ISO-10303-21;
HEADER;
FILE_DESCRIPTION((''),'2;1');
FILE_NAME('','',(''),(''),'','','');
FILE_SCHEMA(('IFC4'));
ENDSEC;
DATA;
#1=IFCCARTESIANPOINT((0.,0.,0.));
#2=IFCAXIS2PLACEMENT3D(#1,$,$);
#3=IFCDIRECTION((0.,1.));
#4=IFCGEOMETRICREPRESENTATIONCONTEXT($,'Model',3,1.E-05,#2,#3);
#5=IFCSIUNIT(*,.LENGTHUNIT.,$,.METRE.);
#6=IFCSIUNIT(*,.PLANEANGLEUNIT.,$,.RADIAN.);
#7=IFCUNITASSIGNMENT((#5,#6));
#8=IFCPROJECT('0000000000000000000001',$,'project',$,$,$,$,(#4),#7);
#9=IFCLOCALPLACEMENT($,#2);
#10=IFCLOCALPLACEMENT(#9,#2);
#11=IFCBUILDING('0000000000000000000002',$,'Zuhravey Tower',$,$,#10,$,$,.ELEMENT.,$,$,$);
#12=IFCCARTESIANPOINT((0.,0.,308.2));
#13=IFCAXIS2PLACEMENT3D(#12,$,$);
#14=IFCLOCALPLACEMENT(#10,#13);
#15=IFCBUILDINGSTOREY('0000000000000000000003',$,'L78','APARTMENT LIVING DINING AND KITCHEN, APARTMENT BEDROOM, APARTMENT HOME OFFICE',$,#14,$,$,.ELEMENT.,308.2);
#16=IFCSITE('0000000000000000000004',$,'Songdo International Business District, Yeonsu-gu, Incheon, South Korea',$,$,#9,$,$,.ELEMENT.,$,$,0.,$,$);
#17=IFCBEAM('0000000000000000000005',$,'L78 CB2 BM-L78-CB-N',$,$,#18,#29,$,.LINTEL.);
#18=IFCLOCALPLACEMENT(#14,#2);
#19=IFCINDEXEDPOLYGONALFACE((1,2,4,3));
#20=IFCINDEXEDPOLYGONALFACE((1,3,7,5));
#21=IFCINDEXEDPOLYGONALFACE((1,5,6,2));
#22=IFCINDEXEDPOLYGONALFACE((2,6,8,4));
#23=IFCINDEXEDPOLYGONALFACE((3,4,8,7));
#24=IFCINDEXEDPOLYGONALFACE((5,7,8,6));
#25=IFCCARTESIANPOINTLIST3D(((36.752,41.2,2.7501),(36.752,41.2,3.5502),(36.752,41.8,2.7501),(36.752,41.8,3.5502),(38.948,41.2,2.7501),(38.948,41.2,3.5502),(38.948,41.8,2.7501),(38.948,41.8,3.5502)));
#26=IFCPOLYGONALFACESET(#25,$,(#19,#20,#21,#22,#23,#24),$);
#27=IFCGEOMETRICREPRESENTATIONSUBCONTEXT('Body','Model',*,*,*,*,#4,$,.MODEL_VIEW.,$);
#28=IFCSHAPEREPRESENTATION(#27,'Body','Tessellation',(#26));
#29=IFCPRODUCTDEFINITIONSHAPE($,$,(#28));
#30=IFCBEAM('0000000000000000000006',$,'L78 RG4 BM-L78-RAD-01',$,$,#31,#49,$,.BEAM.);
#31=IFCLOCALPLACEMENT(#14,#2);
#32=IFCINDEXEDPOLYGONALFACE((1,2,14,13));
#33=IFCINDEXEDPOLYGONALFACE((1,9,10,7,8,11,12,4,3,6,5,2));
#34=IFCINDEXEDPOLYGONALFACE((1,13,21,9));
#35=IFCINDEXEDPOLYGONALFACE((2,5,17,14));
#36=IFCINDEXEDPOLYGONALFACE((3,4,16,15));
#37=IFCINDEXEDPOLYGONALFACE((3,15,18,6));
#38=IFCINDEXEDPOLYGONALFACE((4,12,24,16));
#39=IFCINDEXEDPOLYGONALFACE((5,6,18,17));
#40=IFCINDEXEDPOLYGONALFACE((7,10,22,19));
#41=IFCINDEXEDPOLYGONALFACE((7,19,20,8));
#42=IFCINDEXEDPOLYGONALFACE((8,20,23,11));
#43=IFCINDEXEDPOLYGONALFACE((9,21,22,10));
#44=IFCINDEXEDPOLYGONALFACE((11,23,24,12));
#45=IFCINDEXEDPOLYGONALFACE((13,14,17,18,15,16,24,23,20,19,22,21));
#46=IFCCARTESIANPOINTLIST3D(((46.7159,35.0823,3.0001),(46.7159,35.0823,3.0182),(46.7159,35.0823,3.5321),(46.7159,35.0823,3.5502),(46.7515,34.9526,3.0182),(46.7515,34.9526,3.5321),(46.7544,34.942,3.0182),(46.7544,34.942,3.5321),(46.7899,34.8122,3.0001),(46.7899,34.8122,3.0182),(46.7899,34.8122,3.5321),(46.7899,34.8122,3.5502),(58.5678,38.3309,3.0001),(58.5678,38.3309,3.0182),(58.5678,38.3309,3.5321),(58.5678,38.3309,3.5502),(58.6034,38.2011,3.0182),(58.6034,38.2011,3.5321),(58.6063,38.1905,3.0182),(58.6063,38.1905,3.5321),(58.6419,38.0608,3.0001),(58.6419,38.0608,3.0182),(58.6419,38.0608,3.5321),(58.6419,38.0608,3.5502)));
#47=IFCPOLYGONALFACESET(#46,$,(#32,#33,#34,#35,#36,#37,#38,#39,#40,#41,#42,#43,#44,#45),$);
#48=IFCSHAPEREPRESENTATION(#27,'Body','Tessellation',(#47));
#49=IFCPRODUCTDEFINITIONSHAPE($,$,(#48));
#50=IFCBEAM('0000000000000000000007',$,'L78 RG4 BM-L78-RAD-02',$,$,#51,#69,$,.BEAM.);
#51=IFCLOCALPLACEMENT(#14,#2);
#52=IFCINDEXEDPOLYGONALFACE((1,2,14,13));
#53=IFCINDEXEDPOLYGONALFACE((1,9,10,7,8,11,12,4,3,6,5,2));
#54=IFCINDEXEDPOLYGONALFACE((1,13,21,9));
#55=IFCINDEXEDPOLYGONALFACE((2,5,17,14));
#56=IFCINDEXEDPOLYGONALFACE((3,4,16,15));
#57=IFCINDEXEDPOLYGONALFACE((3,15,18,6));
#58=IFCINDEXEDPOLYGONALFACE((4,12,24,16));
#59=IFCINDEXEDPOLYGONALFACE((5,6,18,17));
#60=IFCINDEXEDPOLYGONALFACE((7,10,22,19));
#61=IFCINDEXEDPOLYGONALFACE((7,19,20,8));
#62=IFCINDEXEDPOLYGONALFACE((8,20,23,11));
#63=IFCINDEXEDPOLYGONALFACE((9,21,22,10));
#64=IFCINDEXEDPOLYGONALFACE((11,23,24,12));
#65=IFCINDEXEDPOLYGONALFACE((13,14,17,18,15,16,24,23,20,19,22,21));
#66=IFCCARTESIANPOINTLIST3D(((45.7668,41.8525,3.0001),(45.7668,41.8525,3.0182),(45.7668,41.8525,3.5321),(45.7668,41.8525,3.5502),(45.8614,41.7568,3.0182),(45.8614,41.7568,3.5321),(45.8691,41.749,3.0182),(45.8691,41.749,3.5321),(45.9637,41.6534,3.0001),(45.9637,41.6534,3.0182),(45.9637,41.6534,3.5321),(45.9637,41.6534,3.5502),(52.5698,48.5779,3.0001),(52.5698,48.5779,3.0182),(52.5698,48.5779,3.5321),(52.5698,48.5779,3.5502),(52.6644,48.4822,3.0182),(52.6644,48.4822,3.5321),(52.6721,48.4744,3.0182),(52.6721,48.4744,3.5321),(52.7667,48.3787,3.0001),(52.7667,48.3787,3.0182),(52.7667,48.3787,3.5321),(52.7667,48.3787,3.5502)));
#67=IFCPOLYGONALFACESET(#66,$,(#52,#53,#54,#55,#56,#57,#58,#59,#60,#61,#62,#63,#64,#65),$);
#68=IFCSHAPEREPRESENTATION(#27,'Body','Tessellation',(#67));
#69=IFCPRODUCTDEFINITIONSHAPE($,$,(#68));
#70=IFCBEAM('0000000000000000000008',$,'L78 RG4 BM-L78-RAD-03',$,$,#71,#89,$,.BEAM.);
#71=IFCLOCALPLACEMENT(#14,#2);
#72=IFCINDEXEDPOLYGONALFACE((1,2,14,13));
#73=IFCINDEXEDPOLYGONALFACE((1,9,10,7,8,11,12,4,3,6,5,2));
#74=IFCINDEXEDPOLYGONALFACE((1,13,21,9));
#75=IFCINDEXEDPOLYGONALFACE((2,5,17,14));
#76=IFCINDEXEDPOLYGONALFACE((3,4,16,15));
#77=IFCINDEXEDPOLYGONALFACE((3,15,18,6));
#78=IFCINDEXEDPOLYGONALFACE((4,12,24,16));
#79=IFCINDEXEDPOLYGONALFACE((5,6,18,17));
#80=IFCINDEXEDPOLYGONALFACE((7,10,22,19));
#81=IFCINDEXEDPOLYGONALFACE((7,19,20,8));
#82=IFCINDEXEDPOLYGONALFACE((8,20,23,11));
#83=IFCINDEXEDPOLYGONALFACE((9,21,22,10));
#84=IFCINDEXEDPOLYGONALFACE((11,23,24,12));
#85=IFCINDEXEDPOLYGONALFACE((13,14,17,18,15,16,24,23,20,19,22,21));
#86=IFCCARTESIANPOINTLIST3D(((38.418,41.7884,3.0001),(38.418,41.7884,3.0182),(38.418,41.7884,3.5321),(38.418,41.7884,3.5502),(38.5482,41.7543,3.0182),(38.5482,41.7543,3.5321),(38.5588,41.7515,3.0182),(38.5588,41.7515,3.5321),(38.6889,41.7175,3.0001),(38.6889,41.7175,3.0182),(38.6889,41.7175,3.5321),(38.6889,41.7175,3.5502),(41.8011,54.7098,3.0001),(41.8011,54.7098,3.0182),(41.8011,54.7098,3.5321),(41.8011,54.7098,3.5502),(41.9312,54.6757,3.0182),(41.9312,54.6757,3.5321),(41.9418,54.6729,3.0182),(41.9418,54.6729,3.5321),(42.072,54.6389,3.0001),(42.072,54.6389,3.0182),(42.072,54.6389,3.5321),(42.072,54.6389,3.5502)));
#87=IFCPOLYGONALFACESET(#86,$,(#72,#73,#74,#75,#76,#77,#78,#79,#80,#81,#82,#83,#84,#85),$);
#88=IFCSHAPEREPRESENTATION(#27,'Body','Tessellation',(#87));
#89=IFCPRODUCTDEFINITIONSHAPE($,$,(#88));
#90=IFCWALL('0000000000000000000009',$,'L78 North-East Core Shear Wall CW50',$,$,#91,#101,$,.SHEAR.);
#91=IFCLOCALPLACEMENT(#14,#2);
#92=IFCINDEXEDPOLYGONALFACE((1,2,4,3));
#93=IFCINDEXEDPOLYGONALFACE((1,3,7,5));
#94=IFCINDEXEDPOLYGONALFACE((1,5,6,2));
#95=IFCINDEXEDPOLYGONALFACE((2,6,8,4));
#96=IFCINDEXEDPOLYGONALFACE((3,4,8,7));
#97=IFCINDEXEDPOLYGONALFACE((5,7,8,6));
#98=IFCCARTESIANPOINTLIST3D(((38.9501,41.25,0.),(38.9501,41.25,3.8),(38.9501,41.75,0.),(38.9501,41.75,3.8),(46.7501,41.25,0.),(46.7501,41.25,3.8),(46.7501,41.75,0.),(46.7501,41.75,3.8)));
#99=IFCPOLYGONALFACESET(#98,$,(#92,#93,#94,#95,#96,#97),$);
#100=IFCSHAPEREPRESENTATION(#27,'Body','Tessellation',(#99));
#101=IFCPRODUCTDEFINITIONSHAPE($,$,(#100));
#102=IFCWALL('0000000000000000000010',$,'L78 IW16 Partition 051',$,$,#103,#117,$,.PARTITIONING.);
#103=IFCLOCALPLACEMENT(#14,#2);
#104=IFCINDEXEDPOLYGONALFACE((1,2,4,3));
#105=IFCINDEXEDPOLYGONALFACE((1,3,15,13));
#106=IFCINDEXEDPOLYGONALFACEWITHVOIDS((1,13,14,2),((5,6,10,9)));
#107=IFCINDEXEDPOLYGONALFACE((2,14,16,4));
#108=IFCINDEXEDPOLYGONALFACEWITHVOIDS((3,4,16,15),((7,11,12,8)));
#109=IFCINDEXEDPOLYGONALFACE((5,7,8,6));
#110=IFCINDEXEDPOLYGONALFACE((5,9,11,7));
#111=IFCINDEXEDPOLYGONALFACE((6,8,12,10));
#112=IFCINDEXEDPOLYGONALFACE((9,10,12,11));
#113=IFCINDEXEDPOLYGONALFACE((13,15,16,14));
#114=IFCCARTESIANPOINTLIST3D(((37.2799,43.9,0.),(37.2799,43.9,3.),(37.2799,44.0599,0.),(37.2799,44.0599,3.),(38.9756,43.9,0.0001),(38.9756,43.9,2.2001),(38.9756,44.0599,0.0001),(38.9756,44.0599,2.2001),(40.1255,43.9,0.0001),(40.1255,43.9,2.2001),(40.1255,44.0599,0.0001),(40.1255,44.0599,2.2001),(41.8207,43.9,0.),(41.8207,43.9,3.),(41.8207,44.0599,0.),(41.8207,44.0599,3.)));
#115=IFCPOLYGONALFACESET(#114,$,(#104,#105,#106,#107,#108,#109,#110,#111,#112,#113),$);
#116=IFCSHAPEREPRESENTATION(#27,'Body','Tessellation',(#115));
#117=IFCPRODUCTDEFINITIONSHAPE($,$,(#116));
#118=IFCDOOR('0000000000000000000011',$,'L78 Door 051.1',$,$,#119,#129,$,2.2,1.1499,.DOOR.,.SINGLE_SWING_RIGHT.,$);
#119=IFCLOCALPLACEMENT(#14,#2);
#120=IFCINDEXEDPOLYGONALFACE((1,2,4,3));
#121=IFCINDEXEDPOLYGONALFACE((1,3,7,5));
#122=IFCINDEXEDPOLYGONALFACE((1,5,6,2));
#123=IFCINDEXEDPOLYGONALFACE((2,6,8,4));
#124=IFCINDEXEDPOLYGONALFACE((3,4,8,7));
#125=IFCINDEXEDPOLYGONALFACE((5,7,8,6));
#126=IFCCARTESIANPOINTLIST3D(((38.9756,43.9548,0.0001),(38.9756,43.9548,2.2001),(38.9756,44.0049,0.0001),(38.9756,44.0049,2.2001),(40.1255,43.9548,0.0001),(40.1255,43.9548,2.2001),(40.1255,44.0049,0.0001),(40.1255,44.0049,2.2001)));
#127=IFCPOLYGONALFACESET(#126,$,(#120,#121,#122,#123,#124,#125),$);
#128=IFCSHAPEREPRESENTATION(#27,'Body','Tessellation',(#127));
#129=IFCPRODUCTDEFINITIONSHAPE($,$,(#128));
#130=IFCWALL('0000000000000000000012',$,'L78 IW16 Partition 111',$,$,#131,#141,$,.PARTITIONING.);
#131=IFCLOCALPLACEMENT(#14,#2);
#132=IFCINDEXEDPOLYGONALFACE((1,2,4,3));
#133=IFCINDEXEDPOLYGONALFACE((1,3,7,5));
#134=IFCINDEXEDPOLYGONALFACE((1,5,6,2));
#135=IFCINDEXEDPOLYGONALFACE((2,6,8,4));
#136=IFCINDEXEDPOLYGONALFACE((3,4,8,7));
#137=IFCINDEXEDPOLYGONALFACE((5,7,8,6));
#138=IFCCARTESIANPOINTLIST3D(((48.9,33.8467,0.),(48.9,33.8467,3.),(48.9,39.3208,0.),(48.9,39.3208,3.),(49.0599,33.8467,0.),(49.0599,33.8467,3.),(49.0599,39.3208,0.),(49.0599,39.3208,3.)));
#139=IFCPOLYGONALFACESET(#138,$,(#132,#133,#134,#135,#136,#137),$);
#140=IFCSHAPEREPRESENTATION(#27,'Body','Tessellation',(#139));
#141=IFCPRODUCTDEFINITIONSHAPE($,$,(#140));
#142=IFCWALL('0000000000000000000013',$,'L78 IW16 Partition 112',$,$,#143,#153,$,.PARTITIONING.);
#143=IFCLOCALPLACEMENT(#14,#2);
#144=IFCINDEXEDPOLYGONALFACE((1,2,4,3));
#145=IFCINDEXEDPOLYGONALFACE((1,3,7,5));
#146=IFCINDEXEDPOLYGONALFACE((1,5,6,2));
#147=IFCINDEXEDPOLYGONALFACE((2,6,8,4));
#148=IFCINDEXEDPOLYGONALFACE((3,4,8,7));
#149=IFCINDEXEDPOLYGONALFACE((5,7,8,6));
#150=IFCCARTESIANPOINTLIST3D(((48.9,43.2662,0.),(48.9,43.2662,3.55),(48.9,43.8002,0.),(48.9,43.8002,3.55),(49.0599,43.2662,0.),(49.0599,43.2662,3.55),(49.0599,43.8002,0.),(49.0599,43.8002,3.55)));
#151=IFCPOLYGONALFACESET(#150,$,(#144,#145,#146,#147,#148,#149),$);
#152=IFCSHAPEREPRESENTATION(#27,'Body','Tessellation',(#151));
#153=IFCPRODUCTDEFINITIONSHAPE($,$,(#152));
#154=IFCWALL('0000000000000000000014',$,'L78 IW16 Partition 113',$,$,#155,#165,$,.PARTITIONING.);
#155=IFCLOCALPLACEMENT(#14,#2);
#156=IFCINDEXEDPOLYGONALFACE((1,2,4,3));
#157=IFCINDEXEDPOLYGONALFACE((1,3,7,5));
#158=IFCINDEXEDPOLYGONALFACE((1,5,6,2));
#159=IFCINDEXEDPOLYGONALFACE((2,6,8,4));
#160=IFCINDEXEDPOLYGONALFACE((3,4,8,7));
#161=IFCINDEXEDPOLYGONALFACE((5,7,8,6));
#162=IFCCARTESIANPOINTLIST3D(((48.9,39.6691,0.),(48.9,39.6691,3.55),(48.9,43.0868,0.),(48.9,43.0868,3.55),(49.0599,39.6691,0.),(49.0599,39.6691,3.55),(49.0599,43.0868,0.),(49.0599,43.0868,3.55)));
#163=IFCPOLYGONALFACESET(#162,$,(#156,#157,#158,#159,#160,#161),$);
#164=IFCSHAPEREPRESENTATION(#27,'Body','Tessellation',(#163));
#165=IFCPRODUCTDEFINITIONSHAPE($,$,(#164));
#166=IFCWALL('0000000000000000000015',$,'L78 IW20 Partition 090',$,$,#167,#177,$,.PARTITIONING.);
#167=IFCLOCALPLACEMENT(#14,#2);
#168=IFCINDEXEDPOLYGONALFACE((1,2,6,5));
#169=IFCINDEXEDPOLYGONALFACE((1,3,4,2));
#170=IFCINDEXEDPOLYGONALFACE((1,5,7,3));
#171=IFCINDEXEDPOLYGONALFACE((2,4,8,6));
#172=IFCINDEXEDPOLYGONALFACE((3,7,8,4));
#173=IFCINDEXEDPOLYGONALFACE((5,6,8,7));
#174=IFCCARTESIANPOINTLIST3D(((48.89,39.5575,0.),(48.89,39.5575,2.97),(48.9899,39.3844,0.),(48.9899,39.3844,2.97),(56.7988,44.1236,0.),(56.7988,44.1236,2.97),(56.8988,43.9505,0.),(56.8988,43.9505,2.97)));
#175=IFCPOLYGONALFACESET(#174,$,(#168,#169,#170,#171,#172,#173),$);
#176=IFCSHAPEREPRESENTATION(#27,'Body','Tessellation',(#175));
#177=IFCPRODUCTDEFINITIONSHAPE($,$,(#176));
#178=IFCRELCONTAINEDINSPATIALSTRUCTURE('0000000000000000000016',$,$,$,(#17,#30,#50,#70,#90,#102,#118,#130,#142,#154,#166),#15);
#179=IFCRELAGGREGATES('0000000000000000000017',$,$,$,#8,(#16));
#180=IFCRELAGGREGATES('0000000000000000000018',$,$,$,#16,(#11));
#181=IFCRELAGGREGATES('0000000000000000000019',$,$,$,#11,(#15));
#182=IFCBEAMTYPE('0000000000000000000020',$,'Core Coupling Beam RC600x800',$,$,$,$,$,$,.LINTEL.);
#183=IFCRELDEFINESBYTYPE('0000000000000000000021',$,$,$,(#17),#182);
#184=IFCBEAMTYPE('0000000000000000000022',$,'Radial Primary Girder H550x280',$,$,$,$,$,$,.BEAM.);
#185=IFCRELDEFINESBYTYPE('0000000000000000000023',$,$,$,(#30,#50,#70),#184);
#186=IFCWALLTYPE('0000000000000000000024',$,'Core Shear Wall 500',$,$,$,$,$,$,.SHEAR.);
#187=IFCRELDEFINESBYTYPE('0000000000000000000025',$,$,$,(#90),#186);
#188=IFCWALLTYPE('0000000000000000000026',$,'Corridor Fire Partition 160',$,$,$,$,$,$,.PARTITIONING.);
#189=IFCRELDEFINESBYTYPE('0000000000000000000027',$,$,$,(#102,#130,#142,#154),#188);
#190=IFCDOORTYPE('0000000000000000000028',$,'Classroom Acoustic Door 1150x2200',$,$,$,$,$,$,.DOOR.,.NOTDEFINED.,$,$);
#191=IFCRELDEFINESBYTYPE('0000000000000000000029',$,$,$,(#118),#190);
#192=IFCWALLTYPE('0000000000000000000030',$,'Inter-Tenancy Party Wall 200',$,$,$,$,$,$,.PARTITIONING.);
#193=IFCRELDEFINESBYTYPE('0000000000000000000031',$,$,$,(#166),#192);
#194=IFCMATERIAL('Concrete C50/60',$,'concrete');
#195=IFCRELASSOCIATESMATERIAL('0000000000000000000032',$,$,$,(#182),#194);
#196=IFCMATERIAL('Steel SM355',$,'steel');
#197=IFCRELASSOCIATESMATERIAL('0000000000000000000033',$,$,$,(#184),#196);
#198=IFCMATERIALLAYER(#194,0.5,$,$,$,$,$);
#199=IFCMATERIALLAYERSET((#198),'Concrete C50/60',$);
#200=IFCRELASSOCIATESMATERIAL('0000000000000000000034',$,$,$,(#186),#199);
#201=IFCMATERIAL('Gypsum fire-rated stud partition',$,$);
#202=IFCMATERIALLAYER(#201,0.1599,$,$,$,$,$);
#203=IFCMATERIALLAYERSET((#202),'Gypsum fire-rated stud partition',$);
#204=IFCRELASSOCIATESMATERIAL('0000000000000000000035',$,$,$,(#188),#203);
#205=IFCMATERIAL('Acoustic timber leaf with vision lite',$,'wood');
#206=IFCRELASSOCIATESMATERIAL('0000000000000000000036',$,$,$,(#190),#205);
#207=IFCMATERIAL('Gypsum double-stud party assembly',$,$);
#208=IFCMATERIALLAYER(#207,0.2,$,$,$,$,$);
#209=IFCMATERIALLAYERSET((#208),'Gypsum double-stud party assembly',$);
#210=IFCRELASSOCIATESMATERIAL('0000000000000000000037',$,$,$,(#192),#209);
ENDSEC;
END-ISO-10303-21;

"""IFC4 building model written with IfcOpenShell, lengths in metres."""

from ifc_helpers import new_model, si_unit, direction, frame, frame_2d, origin, origin_2d, place, context, subcontext, project, spatial, rectangle, i_section, extrude, material, layer, layer_set, material_profile, profile_set, type_object, element, fill, save


model = new_model("IFC4")

# Units and contexts
model_context = context("Model", 3, precision=1e-05, world=origin(), true_north=direction((0.0, 1.0)))
body_context = subcontext(model_context, "Body", "Model", "MODEL_VIEW")
ifc_project = project(units=[si_unit("LENGTHUNIT", "METRE"), si_unit("PLANEANGLEUNIT", "RADIAN")], contexts=[model_context])

# Site, building, storey
site_placement = place(None, origin())
site = spatial("IfcSite", under=ifc_project, at=site_placement, Name="Songdo International Business District, Yeonsu-gu, Incheon, South Korea", CompositionType="ELEMENT", RefElevation=0.0)
building_placement = place(site_placement, origin())
building = spatial("IfcBuilding", under=site, at=building_placement, Name="Zuhravey Tower", CompositionType="ELEMENT")
storey_placement = place(building_placement, frame((0.0, 0.0, 308.2)))
storey = spatial("IfcBuildingStorey", under=building, at=storey_placement, Name="L78", Description="APARTMENT LIVING DINING AND KITCHEN, APARTMENT BEDROOM, APARTMENT HOME OFFICE", CompositionType="ELEMENT", Elevation=308.2)

# Beams
ifc_material_1 = material(Name="Concrete C50/60", Category="concrete")
ifc_material_profile_1 = material_profile(ifc_material_1, rectangle(XDim=0.6001, YDim=0.8, at=origin_2d()), Name="RC-600x800")
ifc_profile_set_1 = profile_set([ifc_material_profile_1], Name="Concrete C50/60")
beam_type_1 = type_object("IfcBeamType", Name="Core Coupling Beam RC600x800", PredefinedType="LINTEL", material=ifc_profile_set_1)
beam_1_placement = place(storey_placement, frame((36.752, 41.5, 3.1501), z_axis=(1.0, 0.0, 0.0), x_axis=(0.0, 1.0, 0.0)))
element("IfcBeam", 1, at=beam_1_placement, inside=storey, type_object=beam_type_1, Name="L78 CB2 BM-L78-CB-N", PredefinedType="LINTEL", context=body_context, shape_type="SweptSolid", body=[
    extrude(rectangle(XDim=0.6001, YDim=0.8, at=origin_2d()), origin(), (0.0, 0.0, 1.0), 2.196),
])
ifc_material_2 = material(Name="Steel SM355", Category="steel")
ifc_material_profile_2 = material_profile(ifc_material_2, i_section(OverallWidth=0.28, OverallDepth=0.55, WebThickness=0.011, FlangeThickness=0.0181, at=origin_2d()), Name="H-550x280x11x18")
ifc_profile_set_2 = profile_set([ifc_material_profile_2], Name="Steel SM355")
beam_type_2 = type_object("IfcBeamType", Name="Radial Primary Girder H550x280", PredefinedType="BEAM", material=ifc_profile_set_2)
beam_2_placement = place(storey_placement, frame((46.7529, 34.9473, 3.2751), z_axis=(0.964428, 0.264346, 0.0), x_axis=(-0.264346, 0.964428, 0.0)))
element("IfcBeam", 2, at=beam_2_placement, inside=storey, type_object=beam_type_2, Name="L78 RG4 BM-L78-RAD-01", PredefinedType="BEAM", context=body_context, shape_type="SweptSolid", body=[
    extrude(i_section(OverallWidth=0.28, OverallDepth=0.55, WebThickness=0.011, FlangeThickness=0.0181, at=origin_2d()), origin(), (0.0, 0.0, 1.0), 12.2891),
])
beam_3_placement = place(storey_placement, frame((45.8652, 41.7529, 3.2751), z_axis=(0.711153, 0.703037, 0.0), x_axis=(-0.703037, 0.711153, 0.0)))
element("IfcBeam", 3, at=beam_3_placement, inside=storey, type_object=beam_type_2, Name="L78 RG4 BM-L78-RAD-02", PredefinedType="BEAM", context=body_context, shape_type="SweptSolid", body=[
    extrude(i_section(OverallWidth=0.28, OverallDepth=0.55, WebThickness=0.011, FlangeThickness=0.0181, at=origin_2d()), origin(), (0.0, 0.0, 1.0), 9.5662),
])
beam_4_placement = place(storey_placement, frame((38.5535, 41.7529, 3.2751), z_axis=(0.253281, 0.967393, 0.0), x_axis=(-0.967393, 0.253281, 0.0)))
element("IfcBeam", 4, at=beam_4_placement, inside=storey, type_object=beam_type_2, Name="L78 RG4 BM-L78-RAD-03", PredefinedType="BEAM", context=body_context, shape_type="SweptSolid", body=[
    extrude(i_section(OverallWidth=0.28, OverallDepth=0.55, WebThickness=0.011, FlangeThickness=0.0181, at=origin_2d()), origin(), (0.0, 0.0, 1.0), 13.3569),
])

# Wall
ifc_layer_1 = layer(ifc_material_1, 0.5)
ifc_layer_set_1 = layer_set([ifc_layer_1], Name="Concrete C50/60")
wall_type_1 = type_object("IfcWallType", Name="Core Shear Wall 500", PredefinedType="SHEAR", material=ifc_layer_set_1)
wall_1_placement = place(storey_placement, frame((46.75, 41.5, 0.0), z_axis=(0.0, 0.0, 1.0), x_axis=(-1.0, 0.0, 0.0)))
element("IfcWall", 5, at=wall_1_placement, inside=storey, type_object=wall_type_1, Name="L78 North-East Core Shear Wall CW50", PredefinedType="SHEAR", context=body_context, shape_type="SweptSolid", body=[
    extrude(rectangle(XDim=7.8, YDim=0.5, at=frame_2d((3.8999, 0.0))), origin(), (0.0, 0.0, 1.0), 3.8),
])

# Wall, opening, door
ifc_material_3 = material(Name="Gypsum fire-rated stud partition")
ifc_layer_2 = layer(ifc_material_3, 0.1599)
ifc_layer_set_2 = layer_set([ifc_layer_2], Name="Gypsum fire-rated stud partition")
wall_type_2 = type_object("IfcWallType", Name="Corridor Fire Partition 160", PredefinedType="PARTITIONING", material=ifc_layer_set_2)
wall_2_placement = place(storey_placement, frame((41.8208, 43.98, 0.0), z_axis=(0.0, 0.0, 1.0), x_axis=(-1.0, 0.0, 0.0)))
wall_2 = element("IfcWall", 6, at=wall_2_placement, inside=storey, type_object=wall_type_2, Name="L78 IW16 Partition 051", PredefinedType="PARTITIONING", context=body_context, shape_type="SweptSolid", body=[
    extrude(rectangle(XDim=4.5408, YDim=0.1599, at=frame_2d((2.2705, 0.0))), origin(), (0.0, 0.0, 1.0), 3.0),
])
opening_1_placement = place(wall_2_placement, frame((1.6953, 0.0, 0.0)))
opening_1 = element("IfcOpeningElement", 7, at=opening_1_placement, cuts=wall_2, PredefinedType="OPENING", context=body_context, shape_type="SweptSolid", body=[
    extrude(rectangle(XDim=1.1499, YDim=2.2, at=frame_2d((0.575, 1.1001))), frame((0.0, 0.092, 0.0), z_axis=(0.0, -1.0, 0.0), x_axis=(1.0, 0.0, 0.0)), (0.0, 0.0, 1.0), 0.1838),
])
ifc_material_4 = material(Name="Acoustic timber leaf with vision lite", Category="wood")
door_type_1 = type_object("IfcDoorType", Name="Classroom Acoustic Door 1150x2200", OperationType="NOTDEFINED", PredefinedType="DOOR", material=ifc_material_4)
door_1_placement = place(opening_1_placement, frame((1.1499, 0.0, 0.0), z_axis=(0.0, 0.0, 1.0), x_axis=(-1.0, 0.0, 0.0)))
door_1 = element("IfcDoor", 8, at=door_1_placement, inside=storey, type_object=door_type_1, Name="L78 Door 051.1", OperationType="SINGLE_SWING_RIGHT", OverallHeight=2.2, OverallWidth=1.1499, PredefinedType="DOOR", context=body_context, shape_type="SweptSolid", body=[
    extrude(rectangle(XDim=1.1499, YDim=2.2, at=frame_2d((0.575, 1.1001))), frame((0.0, 0.0249, 0.0), z_axis=(0.0, -1.0, 0.0), x_axis=(1.0, 0.0, 0.0)), (0.0, 0.0, 1.0), 0.05),
])
fill(opening_1, door_1)

# Walls
wall_3_placement = place(storey_placement, frame((48.98, 33.8467, 0.0), z_axis=(0.0, 0.0, 1.0), x_axis=(0.0, 1.0, 0.0)))
element("IfcWall", 9, at=wall_3_placement, inside=storey, type_object=wall_type_2, Name="L78 IW16 Partition 111", PredefinedType="PARTITIONING", context=body_context, shape_type="SweptSolid", body=[
    extrude(rectangle(XDim=5.4741, YDim=0.1599, at=frame_2d((2.7371, 0.0))), origin(), (0.0, 0.0, 1.0), 3.0),
])
wall_4_placement = place(storey_placement, frame((48.98, 43.2661, 0.0), z_axis=(0.0, 0.0, 1.0), x_axis=(0.0, 1.0, 0.0)))
element("IfcWall", 10, at=wall_4_placement, inside=storey, type_object=wall_type_2, Name="L78 IW16 Partition 112", PredefinedType="PARTITIONING", context=body_context, shape_type="SweptSolid", body=[
    extrude(rectangle(XDim=0.5339, YDim=0.1599, at=frame_2d((0.2671, 0.0))), origin(), (0.0, 0.0, 1.0), 3.55),
])
wall_5_placement = place(storey_placement, frame((48.98, 39.6689, 0.0), z_axis=(0.0, 0.0, 1.0), x_axis=(0.0, 1.0, 0.0)))
element("IfcWall", 11, at=wall_5_placement, inside=storey, type_object=wall_type_2, Name="L78 IW16 Partition 113", PredefinedType="PARTITIONING", context=body_context, shape_type="SweptSolid", body=[
    extrude(rectangle(XDim=3.4177, YDim=0.1599, at=frame_2d((1.709, 0.0))), origin(), (0.0, 0.0, 1.0), 3.55),
])

# Wall
ifc_material_5 = material(Name="Gypsum double-stud party assembly")
ifc_layer_3 = layer(ifc_material_5, 0.2)
ifc_layer_set_3 = layer_set([ifc_layer_3], Name="Gypsum double-stud party assembly")
wall_type_3 = type_object("IfcWallType", Name="Inter-Tenancy Party Wall 200", PredefinedType="PARTITIONING", material=ifc_layer_set_3)
wall_6_placement = place(storey_placement, frame((48.9399, 39.4709, 0.0), z_axis=(0.0, 0.0, 1.0), x_axis=(0.866028, 0.499995, 0.0)))
element("IfcWall", 12, at=wall_6_placement, inside=storey, type_object=wall_type_3, Name="L78 IW20 Partition 090", PredefinedType="PARTITIONING", context=body_context, shape_type="SweptSolid", body=[
    extrude(rectangle(XDim=9.1323, YDim=0.2, at=frame_2d((4.5662, 0.0))), origin(), (0.0, 0.0, 1.0), 2.97),
])

save(model, "model.ifc")
